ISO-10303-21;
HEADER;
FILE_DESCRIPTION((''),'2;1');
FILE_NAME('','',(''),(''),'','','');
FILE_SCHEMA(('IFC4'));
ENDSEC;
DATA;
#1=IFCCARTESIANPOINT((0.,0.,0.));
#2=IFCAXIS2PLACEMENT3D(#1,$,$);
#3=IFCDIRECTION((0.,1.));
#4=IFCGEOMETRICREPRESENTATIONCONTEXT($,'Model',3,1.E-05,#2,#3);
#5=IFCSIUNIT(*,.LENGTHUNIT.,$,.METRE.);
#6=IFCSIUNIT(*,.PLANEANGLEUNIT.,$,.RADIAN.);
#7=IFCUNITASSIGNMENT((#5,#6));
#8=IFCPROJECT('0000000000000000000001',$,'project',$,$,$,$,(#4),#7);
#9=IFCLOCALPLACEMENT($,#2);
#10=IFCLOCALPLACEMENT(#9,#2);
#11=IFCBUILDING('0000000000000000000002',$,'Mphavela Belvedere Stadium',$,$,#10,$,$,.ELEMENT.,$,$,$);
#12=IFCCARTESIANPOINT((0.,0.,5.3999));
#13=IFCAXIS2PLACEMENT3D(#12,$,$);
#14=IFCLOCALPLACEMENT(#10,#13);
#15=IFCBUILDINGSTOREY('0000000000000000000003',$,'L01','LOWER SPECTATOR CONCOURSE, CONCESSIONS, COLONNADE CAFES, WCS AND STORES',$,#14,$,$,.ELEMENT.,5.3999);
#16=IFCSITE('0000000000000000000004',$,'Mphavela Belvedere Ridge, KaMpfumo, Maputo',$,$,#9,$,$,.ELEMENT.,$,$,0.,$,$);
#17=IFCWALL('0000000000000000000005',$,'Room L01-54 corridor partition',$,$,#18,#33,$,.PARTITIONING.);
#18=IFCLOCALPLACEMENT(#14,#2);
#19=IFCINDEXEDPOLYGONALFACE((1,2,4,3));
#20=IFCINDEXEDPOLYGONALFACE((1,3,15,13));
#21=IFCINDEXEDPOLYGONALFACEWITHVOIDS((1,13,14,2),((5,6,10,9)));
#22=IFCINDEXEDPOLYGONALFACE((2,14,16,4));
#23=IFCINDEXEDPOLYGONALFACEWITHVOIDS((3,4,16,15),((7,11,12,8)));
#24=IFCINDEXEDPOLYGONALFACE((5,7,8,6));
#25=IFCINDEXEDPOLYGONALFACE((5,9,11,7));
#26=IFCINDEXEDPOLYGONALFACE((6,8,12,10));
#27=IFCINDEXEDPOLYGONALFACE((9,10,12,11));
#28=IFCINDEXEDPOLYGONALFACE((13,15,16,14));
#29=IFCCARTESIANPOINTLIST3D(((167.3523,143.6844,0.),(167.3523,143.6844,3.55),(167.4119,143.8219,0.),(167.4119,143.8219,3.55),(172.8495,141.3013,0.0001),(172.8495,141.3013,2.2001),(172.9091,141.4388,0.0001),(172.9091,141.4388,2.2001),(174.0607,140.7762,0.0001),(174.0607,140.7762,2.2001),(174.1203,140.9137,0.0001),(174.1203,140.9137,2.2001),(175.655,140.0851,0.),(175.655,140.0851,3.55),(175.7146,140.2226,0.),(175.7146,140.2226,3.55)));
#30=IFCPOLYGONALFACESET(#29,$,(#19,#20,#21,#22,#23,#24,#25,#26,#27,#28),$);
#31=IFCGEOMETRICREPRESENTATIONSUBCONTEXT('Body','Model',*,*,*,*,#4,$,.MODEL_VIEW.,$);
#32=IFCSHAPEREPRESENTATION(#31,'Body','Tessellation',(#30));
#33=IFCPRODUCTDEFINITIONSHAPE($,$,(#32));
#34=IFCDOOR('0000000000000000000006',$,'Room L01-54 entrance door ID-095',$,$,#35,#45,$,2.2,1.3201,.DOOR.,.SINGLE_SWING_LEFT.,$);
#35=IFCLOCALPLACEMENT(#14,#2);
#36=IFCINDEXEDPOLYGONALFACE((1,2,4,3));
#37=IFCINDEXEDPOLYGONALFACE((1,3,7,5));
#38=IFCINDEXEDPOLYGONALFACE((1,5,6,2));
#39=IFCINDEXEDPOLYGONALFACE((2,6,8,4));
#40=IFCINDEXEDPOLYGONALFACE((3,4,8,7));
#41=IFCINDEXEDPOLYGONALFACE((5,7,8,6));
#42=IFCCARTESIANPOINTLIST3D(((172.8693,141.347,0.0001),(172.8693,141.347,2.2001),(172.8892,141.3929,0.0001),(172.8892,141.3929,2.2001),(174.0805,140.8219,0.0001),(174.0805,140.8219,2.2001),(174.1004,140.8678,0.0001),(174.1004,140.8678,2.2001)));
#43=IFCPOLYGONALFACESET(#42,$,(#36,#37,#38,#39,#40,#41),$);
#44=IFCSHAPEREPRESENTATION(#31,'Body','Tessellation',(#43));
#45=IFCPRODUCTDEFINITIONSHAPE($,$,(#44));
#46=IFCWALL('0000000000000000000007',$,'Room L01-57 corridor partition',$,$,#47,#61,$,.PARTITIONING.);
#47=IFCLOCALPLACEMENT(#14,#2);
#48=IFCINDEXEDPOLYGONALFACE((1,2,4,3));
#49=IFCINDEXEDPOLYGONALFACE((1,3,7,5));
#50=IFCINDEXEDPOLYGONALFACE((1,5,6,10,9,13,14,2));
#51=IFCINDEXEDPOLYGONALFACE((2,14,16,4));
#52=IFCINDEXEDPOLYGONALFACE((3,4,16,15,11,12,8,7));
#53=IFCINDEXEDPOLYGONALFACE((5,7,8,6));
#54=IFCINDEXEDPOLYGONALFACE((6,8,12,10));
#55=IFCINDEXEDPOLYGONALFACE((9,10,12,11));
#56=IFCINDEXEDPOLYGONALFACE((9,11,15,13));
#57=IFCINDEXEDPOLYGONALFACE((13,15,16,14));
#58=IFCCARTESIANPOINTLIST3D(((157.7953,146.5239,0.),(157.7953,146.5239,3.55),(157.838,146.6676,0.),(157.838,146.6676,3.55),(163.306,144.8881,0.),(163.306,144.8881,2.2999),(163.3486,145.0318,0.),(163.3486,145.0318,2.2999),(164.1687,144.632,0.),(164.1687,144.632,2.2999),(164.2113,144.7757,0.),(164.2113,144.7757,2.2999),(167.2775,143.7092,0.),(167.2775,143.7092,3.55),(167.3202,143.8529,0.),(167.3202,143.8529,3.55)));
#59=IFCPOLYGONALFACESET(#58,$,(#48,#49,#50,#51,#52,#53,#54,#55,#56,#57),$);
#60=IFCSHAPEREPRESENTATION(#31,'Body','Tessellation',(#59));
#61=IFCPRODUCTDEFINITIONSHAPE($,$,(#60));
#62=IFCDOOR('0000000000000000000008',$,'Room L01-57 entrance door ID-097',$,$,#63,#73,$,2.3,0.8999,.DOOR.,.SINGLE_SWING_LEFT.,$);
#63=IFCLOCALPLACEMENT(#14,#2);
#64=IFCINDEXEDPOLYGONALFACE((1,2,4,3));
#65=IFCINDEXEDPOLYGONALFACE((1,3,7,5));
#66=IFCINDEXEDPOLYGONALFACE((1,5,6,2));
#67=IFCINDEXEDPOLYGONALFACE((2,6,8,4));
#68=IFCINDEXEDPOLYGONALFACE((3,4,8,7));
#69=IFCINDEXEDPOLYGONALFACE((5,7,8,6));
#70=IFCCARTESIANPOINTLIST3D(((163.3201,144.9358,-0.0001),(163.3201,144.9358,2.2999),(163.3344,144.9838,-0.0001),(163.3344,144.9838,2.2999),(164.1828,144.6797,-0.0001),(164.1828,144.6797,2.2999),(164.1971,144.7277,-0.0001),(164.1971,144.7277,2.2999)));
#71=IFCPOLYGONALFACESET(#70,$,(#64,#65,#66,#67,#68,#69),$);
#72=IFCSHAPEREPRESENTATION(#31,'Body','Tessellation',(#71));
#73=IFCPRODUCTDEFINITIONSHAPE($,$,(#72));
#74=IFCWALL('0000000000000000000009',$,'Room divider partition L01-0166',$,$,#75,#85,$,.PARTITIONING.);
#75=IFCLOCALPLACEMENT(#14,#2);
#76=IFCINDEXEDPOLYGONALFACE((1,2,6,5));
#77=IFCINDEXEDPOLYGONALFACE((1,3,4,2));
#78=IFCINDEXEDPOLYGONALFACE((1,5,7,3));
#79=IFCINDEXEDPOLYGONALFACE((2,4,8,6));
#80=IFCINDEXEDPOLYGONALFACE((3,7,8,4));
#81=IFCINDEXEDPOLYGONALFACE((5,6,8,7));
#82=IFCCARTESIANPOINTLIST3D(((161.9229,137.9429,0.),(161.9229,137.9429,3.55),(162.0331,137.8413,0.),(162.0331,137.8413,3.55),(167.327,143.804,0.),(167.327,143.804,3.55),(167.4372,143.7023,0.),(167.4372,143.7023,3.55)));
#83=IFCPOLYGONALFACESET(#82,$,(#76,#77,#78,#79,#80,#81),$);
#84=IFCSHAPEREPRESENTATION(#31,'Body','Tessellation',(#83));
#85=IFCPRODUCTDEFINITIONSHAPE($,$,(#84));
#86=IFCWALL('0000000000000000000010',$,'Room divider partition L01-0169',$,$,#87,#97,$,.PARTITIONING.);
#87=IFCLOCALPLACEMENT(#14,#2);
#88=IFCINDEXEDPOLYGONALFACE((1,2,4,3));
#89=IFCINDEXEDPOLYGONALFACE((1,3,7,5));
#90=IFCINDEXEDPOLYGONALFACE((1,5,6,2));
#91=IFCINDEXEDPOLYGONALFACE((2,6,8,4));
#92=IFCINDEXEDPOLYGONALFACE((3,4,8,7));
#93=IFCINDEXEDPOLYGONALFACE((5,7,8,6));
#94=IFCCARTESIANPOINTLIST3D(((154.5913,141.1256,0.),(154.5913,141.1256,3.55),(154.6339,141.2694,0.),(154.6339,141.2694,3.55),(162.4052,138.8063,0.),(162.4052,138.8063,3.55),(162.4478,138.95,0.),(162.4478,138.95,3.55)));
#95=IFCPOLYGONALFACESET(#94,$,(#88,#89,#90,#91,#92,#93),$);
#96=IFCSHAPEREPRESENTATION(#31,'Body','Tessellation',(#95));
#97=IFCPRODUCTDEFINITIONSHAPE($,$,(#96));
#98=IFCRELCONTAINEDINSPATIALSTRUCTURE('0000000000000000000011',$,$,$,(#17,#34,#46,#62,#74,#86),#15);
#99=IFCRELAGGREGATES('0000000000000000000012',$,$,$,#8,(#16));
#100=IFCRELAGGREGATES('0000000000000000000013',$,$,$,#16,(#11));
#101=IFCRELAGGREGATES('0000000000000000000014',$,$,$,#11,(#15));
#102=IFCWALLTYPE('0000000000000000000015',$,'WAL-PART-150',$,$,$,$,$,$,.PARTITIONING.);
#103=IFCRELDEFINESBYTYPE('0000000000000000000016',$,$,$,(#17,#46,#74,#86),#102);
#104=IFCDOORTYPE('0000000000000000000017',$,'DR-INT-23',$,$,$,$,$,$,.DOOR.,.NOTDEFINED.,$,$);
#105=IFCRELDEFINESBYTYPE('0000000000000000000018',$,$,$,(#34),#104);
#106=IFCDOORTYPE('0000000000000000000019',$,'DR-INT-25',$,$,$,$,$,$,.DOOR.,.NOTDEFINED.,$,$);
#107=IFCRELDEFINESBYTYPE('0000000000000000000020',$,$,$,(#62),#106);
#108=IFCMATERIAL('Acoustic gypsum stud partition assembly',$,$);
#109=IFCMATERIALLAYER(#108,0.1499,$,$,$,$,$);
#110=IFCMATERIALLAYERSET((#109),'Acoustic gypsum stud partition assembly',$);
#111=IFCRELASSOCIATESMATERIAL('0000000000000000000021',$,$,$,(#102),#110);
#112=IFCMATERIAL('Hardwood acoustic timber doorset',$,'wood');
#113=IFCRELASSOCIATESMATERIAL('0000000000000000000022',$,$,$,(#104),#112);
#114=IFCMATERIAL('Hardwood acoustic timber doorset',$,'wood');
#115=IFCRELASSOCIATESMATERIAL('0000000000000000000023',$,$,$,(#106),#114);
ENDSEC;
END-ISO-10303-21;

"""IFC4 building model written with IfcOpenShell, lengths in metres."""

from ifc_helpers import new_model, si_unit, direction, frame, frame_2d, origin, place, context, subcontext, project, spatial, rectangle, extrude, material, layer, layer_set, type_object, element, fill, save


model = new_model("IFC4")

# Units and contexts
model_context = context("Model", 3, precision=1e-05, world=origin(), true_north=direction((0.0, 1.0)))
body_context = subcontext(model_context, "Body", "Model", "MODEL_VIEW")
ifc_project = project(units=[si_unit("LENGTHUNIT", "METRE"), si_unit("PLANEANGLEUNIT", "RADIAN")], contexts=[model_context])

# Site, building, storey
site_placement = place(None, origin())
site = spatial("IfcSite", under=ifc_project, at=site_placement, Name="Mphavela Belvedere Ridge, KaMpfumo, Maputo", CompositionType="ELEMENT", RefElevation=0.0)
building_placement = place(site_placement, origin())
building = spatial("IfcBuilding", under=site, at=building_placement, Name="Mphavela Belvedere Stadium", CompositionType="ELEMENT")
storey_placement = place(building_placement, frame((0.0, 0.0, 5.3999)))
storey = spatial("IfcBuildingStorey", under=building, at=storey_placement, Name="L01", Description="LOWER SPECTATOR CONCOURSE, CONCESSIONS, COLONNADE CAFES, WCS AND STORES", CompositionType="ELEMENT", Elevation=5.3999)

# Walls, openings, doors
ifc_material_1 = material(Name="Acoustic gypsum stud partition assembly")
ifc_layer_1 = layer(ifc_material_1, 0.1499)
ifc_layer_set_1 = layer_set([ifc_layer_1], Name="Acoustic gypsum stud partition assembly")
wall_type_1 = type_object("IfcWallType", Name="WAL-PART-150", PredefinedType="PARTITIONING", material=ifc_layer_set_1)
wall_1_placement = place(storey_placement, frame((167.3821, 143.7532, 0.0), z_axis=(0.0, 0.0, 1.0), x_axis=(0.917495, -0.397748, 0.0)))
wall_1 = element("IfcWall", 1, at=wall_1_placement, inside=storey, type_object=wall_type_1, Name="Room L01-54 corridor partition", PredefinedType="PARTITIONING", context=body_context, shape_type="SweptSolid", body=[
    extrude(rectangle(XDim=9.0493, YDim=0.1499, at=frame_2d((4.5247, 0.0))), origin(), (0.0, 0.0, 1.0), 3.55),
])
opening_1_placement = place(wall_1_placement, frame((5.9915, 0.0, 0.0)))
opening_1 = element("IfcOpeningElement", 2, at=opening_1_placement, cuts=wall_1, PredefinedType="OPENING", context=body_context, shape_type="SweptSolid", body=[
    extrude(rectangle(XDim=1.3201, YDim=2.2, at=frame_2d((0.6602, 1.1001))), frame((0.0, 0.085, 0.0), z_axis=(0.0, -1.0, 0.0), x_axis=(1.0, 0.0, 0.0)), (0.0, 0.0, 1.0), 0.1699),
])
ifc_material_2 = material(Name="Hardwood acoustic timber doorset", Category="wood")
door_type_1 = type_object("IfcDoorType", Name="DR-INT-23", OperationType="NOTDEFINED", PredefinedType="DOOR", material=ifc_material_2)
door_1_placement = place(opening_1_placement, origin())
door_1 = element("IfcDoor", 3, at=door_1_placement, inside=storey, type_object=door_type_1, Name="Room L01-54 entrance door ID-095", OperationType="SINGLE_SWING_LEFT", OverallHeight=2.2, OverallWidth=1.3201, PredefinedType="DOOR", context=body_context, shape_type="SweptSolid", body=[
    extrude(rectangle(XDim=1.3201, YDim=2.2, at=frame_2d((0.6602, 1.1001))), frame((0.0, 0.0249, 0.0), z_axis=(0.0, -1.0, 0.0), x_axis=(1.0, 0.0, 0.0)), (0.0, 0.0, 1.0), 0.05),
])
fill(opening_1, door_1)
wall_2_placement = place(storey_placement, frame((157.8167, 146.5957, 0.0), z_axis=(0.0, 0.0, 1.0), x_axis=(0.958656, -0.284568, 0.0)))
wall_2 = element("IfcWall", 4, at=wall_2_placement, inside=storey, type_object=wall_type_1, Name="Room L01-57 corridor partition", PredefinedType="PARTITIONING", context=body_context, shape_type="SweptSolid", body=[
    extrude(rectangle(XDim=9.8911, YDim=0.1499, at=frame_2d((4.9456, 0.0))), origin(), (0.0, 0.0, 1.0), 3.55),
])
opening_2_placement = place(wall_2_placement, frame((5.7483, 0.0, 0.0)))
opening_2 = element("IfcOpeningElement", 5, at=opening_2_placement, cuts=wall_2, PredefinedType="OPENING", context=body_context, shape_type="SweptSolid", body=[
    extrude(rectangle(XDim=0.8999, YDim=2.3, at=frame_2d((0.45, 1.1499))), frame((0.0, 0.085, 0.0), z_axis=(0.0, -1.0, 0.0), x_axis=(1.0, 0.0, 0.0)), (0.0, 0.0, 1.0), 0.1699),
])
ifc_material_3 = material(Name="Hardwood acoustic timber doorset", Category="wood")
door_type_2 = type_object("IfcDoorType", Name="DR-INT-25", OperationType="NOTDEFINED", PredefinedType="DOOR", material=ifc_material_3)
door_2_placement = place(opening_2_placement, origin())
door_2 = element("IfcDoor", 6, at=door_2_placement, inside=storey, type_object=door_type_2, Name="Room L01-57 entrance door ID-097", OperationType="SINGLE_SWING_LEFT", OverallHeight=2.3, OverallWidth=0.8999, PredefinedType="DOOR", context=body_context, shape_type="SweptSolid", body=[
    extrude(rectangle(XDim=0.8999, YDim=2.3, at=frame_2d((0.45, 1.1499))), frame((0.0, 0.0249, 0.0), z_axis=(0.0, -1.0, 0.0), x_axis=(1.0, 0.0, 0.0)), (0.0, 0.0, 1.0), 0.05),
])
fill(opening_2, door_2)

# Walls
wall_3_placement = place(storey_placement, frame((161.978, 137.8921, 0.0), z_axis=(0.0, 0.0, 1.0), x_axis=(0.677862, 0.73519, 0.0)))
element("IfcWall", 7, at=wall_3_placement, inside=storey, type_object=wall_type_1, Name="Room divider partition L01-0166", PredefinedType="PARTITIONING", context=body_context, shape_type="SweptSolid", body=[
    extrude(rectangle(XDim=7.9722, YDim=0.1499, at=frame_2d((3.9861, 0.0))), origin(), (0.0, 0.0, 1.0), 3.55),
])
wall_4_placement = place(storey_placement, frame((162.4265, 138.8782, 0.0), z_axis=(0.0, 0.0, 1.0), x_axis=(-0.958661, 0.284549, 0.0)))
element("IfcWall", 8, at=wall_4_placement, inside=storey, type_object=wall_type_1, Name="Room divider partition L01-0169", PredefinedType="PARTITIONING", context=body_context, shape_type="SweptSolid", body=[
    extrude(rectangle(XDim=8.1509, YDim=0.1499, at=frame_2d((4.0754, 0.0))), origin(), (0.0, 0.0, 1.0), 3.55),
])

save(model, "model.ifc")
